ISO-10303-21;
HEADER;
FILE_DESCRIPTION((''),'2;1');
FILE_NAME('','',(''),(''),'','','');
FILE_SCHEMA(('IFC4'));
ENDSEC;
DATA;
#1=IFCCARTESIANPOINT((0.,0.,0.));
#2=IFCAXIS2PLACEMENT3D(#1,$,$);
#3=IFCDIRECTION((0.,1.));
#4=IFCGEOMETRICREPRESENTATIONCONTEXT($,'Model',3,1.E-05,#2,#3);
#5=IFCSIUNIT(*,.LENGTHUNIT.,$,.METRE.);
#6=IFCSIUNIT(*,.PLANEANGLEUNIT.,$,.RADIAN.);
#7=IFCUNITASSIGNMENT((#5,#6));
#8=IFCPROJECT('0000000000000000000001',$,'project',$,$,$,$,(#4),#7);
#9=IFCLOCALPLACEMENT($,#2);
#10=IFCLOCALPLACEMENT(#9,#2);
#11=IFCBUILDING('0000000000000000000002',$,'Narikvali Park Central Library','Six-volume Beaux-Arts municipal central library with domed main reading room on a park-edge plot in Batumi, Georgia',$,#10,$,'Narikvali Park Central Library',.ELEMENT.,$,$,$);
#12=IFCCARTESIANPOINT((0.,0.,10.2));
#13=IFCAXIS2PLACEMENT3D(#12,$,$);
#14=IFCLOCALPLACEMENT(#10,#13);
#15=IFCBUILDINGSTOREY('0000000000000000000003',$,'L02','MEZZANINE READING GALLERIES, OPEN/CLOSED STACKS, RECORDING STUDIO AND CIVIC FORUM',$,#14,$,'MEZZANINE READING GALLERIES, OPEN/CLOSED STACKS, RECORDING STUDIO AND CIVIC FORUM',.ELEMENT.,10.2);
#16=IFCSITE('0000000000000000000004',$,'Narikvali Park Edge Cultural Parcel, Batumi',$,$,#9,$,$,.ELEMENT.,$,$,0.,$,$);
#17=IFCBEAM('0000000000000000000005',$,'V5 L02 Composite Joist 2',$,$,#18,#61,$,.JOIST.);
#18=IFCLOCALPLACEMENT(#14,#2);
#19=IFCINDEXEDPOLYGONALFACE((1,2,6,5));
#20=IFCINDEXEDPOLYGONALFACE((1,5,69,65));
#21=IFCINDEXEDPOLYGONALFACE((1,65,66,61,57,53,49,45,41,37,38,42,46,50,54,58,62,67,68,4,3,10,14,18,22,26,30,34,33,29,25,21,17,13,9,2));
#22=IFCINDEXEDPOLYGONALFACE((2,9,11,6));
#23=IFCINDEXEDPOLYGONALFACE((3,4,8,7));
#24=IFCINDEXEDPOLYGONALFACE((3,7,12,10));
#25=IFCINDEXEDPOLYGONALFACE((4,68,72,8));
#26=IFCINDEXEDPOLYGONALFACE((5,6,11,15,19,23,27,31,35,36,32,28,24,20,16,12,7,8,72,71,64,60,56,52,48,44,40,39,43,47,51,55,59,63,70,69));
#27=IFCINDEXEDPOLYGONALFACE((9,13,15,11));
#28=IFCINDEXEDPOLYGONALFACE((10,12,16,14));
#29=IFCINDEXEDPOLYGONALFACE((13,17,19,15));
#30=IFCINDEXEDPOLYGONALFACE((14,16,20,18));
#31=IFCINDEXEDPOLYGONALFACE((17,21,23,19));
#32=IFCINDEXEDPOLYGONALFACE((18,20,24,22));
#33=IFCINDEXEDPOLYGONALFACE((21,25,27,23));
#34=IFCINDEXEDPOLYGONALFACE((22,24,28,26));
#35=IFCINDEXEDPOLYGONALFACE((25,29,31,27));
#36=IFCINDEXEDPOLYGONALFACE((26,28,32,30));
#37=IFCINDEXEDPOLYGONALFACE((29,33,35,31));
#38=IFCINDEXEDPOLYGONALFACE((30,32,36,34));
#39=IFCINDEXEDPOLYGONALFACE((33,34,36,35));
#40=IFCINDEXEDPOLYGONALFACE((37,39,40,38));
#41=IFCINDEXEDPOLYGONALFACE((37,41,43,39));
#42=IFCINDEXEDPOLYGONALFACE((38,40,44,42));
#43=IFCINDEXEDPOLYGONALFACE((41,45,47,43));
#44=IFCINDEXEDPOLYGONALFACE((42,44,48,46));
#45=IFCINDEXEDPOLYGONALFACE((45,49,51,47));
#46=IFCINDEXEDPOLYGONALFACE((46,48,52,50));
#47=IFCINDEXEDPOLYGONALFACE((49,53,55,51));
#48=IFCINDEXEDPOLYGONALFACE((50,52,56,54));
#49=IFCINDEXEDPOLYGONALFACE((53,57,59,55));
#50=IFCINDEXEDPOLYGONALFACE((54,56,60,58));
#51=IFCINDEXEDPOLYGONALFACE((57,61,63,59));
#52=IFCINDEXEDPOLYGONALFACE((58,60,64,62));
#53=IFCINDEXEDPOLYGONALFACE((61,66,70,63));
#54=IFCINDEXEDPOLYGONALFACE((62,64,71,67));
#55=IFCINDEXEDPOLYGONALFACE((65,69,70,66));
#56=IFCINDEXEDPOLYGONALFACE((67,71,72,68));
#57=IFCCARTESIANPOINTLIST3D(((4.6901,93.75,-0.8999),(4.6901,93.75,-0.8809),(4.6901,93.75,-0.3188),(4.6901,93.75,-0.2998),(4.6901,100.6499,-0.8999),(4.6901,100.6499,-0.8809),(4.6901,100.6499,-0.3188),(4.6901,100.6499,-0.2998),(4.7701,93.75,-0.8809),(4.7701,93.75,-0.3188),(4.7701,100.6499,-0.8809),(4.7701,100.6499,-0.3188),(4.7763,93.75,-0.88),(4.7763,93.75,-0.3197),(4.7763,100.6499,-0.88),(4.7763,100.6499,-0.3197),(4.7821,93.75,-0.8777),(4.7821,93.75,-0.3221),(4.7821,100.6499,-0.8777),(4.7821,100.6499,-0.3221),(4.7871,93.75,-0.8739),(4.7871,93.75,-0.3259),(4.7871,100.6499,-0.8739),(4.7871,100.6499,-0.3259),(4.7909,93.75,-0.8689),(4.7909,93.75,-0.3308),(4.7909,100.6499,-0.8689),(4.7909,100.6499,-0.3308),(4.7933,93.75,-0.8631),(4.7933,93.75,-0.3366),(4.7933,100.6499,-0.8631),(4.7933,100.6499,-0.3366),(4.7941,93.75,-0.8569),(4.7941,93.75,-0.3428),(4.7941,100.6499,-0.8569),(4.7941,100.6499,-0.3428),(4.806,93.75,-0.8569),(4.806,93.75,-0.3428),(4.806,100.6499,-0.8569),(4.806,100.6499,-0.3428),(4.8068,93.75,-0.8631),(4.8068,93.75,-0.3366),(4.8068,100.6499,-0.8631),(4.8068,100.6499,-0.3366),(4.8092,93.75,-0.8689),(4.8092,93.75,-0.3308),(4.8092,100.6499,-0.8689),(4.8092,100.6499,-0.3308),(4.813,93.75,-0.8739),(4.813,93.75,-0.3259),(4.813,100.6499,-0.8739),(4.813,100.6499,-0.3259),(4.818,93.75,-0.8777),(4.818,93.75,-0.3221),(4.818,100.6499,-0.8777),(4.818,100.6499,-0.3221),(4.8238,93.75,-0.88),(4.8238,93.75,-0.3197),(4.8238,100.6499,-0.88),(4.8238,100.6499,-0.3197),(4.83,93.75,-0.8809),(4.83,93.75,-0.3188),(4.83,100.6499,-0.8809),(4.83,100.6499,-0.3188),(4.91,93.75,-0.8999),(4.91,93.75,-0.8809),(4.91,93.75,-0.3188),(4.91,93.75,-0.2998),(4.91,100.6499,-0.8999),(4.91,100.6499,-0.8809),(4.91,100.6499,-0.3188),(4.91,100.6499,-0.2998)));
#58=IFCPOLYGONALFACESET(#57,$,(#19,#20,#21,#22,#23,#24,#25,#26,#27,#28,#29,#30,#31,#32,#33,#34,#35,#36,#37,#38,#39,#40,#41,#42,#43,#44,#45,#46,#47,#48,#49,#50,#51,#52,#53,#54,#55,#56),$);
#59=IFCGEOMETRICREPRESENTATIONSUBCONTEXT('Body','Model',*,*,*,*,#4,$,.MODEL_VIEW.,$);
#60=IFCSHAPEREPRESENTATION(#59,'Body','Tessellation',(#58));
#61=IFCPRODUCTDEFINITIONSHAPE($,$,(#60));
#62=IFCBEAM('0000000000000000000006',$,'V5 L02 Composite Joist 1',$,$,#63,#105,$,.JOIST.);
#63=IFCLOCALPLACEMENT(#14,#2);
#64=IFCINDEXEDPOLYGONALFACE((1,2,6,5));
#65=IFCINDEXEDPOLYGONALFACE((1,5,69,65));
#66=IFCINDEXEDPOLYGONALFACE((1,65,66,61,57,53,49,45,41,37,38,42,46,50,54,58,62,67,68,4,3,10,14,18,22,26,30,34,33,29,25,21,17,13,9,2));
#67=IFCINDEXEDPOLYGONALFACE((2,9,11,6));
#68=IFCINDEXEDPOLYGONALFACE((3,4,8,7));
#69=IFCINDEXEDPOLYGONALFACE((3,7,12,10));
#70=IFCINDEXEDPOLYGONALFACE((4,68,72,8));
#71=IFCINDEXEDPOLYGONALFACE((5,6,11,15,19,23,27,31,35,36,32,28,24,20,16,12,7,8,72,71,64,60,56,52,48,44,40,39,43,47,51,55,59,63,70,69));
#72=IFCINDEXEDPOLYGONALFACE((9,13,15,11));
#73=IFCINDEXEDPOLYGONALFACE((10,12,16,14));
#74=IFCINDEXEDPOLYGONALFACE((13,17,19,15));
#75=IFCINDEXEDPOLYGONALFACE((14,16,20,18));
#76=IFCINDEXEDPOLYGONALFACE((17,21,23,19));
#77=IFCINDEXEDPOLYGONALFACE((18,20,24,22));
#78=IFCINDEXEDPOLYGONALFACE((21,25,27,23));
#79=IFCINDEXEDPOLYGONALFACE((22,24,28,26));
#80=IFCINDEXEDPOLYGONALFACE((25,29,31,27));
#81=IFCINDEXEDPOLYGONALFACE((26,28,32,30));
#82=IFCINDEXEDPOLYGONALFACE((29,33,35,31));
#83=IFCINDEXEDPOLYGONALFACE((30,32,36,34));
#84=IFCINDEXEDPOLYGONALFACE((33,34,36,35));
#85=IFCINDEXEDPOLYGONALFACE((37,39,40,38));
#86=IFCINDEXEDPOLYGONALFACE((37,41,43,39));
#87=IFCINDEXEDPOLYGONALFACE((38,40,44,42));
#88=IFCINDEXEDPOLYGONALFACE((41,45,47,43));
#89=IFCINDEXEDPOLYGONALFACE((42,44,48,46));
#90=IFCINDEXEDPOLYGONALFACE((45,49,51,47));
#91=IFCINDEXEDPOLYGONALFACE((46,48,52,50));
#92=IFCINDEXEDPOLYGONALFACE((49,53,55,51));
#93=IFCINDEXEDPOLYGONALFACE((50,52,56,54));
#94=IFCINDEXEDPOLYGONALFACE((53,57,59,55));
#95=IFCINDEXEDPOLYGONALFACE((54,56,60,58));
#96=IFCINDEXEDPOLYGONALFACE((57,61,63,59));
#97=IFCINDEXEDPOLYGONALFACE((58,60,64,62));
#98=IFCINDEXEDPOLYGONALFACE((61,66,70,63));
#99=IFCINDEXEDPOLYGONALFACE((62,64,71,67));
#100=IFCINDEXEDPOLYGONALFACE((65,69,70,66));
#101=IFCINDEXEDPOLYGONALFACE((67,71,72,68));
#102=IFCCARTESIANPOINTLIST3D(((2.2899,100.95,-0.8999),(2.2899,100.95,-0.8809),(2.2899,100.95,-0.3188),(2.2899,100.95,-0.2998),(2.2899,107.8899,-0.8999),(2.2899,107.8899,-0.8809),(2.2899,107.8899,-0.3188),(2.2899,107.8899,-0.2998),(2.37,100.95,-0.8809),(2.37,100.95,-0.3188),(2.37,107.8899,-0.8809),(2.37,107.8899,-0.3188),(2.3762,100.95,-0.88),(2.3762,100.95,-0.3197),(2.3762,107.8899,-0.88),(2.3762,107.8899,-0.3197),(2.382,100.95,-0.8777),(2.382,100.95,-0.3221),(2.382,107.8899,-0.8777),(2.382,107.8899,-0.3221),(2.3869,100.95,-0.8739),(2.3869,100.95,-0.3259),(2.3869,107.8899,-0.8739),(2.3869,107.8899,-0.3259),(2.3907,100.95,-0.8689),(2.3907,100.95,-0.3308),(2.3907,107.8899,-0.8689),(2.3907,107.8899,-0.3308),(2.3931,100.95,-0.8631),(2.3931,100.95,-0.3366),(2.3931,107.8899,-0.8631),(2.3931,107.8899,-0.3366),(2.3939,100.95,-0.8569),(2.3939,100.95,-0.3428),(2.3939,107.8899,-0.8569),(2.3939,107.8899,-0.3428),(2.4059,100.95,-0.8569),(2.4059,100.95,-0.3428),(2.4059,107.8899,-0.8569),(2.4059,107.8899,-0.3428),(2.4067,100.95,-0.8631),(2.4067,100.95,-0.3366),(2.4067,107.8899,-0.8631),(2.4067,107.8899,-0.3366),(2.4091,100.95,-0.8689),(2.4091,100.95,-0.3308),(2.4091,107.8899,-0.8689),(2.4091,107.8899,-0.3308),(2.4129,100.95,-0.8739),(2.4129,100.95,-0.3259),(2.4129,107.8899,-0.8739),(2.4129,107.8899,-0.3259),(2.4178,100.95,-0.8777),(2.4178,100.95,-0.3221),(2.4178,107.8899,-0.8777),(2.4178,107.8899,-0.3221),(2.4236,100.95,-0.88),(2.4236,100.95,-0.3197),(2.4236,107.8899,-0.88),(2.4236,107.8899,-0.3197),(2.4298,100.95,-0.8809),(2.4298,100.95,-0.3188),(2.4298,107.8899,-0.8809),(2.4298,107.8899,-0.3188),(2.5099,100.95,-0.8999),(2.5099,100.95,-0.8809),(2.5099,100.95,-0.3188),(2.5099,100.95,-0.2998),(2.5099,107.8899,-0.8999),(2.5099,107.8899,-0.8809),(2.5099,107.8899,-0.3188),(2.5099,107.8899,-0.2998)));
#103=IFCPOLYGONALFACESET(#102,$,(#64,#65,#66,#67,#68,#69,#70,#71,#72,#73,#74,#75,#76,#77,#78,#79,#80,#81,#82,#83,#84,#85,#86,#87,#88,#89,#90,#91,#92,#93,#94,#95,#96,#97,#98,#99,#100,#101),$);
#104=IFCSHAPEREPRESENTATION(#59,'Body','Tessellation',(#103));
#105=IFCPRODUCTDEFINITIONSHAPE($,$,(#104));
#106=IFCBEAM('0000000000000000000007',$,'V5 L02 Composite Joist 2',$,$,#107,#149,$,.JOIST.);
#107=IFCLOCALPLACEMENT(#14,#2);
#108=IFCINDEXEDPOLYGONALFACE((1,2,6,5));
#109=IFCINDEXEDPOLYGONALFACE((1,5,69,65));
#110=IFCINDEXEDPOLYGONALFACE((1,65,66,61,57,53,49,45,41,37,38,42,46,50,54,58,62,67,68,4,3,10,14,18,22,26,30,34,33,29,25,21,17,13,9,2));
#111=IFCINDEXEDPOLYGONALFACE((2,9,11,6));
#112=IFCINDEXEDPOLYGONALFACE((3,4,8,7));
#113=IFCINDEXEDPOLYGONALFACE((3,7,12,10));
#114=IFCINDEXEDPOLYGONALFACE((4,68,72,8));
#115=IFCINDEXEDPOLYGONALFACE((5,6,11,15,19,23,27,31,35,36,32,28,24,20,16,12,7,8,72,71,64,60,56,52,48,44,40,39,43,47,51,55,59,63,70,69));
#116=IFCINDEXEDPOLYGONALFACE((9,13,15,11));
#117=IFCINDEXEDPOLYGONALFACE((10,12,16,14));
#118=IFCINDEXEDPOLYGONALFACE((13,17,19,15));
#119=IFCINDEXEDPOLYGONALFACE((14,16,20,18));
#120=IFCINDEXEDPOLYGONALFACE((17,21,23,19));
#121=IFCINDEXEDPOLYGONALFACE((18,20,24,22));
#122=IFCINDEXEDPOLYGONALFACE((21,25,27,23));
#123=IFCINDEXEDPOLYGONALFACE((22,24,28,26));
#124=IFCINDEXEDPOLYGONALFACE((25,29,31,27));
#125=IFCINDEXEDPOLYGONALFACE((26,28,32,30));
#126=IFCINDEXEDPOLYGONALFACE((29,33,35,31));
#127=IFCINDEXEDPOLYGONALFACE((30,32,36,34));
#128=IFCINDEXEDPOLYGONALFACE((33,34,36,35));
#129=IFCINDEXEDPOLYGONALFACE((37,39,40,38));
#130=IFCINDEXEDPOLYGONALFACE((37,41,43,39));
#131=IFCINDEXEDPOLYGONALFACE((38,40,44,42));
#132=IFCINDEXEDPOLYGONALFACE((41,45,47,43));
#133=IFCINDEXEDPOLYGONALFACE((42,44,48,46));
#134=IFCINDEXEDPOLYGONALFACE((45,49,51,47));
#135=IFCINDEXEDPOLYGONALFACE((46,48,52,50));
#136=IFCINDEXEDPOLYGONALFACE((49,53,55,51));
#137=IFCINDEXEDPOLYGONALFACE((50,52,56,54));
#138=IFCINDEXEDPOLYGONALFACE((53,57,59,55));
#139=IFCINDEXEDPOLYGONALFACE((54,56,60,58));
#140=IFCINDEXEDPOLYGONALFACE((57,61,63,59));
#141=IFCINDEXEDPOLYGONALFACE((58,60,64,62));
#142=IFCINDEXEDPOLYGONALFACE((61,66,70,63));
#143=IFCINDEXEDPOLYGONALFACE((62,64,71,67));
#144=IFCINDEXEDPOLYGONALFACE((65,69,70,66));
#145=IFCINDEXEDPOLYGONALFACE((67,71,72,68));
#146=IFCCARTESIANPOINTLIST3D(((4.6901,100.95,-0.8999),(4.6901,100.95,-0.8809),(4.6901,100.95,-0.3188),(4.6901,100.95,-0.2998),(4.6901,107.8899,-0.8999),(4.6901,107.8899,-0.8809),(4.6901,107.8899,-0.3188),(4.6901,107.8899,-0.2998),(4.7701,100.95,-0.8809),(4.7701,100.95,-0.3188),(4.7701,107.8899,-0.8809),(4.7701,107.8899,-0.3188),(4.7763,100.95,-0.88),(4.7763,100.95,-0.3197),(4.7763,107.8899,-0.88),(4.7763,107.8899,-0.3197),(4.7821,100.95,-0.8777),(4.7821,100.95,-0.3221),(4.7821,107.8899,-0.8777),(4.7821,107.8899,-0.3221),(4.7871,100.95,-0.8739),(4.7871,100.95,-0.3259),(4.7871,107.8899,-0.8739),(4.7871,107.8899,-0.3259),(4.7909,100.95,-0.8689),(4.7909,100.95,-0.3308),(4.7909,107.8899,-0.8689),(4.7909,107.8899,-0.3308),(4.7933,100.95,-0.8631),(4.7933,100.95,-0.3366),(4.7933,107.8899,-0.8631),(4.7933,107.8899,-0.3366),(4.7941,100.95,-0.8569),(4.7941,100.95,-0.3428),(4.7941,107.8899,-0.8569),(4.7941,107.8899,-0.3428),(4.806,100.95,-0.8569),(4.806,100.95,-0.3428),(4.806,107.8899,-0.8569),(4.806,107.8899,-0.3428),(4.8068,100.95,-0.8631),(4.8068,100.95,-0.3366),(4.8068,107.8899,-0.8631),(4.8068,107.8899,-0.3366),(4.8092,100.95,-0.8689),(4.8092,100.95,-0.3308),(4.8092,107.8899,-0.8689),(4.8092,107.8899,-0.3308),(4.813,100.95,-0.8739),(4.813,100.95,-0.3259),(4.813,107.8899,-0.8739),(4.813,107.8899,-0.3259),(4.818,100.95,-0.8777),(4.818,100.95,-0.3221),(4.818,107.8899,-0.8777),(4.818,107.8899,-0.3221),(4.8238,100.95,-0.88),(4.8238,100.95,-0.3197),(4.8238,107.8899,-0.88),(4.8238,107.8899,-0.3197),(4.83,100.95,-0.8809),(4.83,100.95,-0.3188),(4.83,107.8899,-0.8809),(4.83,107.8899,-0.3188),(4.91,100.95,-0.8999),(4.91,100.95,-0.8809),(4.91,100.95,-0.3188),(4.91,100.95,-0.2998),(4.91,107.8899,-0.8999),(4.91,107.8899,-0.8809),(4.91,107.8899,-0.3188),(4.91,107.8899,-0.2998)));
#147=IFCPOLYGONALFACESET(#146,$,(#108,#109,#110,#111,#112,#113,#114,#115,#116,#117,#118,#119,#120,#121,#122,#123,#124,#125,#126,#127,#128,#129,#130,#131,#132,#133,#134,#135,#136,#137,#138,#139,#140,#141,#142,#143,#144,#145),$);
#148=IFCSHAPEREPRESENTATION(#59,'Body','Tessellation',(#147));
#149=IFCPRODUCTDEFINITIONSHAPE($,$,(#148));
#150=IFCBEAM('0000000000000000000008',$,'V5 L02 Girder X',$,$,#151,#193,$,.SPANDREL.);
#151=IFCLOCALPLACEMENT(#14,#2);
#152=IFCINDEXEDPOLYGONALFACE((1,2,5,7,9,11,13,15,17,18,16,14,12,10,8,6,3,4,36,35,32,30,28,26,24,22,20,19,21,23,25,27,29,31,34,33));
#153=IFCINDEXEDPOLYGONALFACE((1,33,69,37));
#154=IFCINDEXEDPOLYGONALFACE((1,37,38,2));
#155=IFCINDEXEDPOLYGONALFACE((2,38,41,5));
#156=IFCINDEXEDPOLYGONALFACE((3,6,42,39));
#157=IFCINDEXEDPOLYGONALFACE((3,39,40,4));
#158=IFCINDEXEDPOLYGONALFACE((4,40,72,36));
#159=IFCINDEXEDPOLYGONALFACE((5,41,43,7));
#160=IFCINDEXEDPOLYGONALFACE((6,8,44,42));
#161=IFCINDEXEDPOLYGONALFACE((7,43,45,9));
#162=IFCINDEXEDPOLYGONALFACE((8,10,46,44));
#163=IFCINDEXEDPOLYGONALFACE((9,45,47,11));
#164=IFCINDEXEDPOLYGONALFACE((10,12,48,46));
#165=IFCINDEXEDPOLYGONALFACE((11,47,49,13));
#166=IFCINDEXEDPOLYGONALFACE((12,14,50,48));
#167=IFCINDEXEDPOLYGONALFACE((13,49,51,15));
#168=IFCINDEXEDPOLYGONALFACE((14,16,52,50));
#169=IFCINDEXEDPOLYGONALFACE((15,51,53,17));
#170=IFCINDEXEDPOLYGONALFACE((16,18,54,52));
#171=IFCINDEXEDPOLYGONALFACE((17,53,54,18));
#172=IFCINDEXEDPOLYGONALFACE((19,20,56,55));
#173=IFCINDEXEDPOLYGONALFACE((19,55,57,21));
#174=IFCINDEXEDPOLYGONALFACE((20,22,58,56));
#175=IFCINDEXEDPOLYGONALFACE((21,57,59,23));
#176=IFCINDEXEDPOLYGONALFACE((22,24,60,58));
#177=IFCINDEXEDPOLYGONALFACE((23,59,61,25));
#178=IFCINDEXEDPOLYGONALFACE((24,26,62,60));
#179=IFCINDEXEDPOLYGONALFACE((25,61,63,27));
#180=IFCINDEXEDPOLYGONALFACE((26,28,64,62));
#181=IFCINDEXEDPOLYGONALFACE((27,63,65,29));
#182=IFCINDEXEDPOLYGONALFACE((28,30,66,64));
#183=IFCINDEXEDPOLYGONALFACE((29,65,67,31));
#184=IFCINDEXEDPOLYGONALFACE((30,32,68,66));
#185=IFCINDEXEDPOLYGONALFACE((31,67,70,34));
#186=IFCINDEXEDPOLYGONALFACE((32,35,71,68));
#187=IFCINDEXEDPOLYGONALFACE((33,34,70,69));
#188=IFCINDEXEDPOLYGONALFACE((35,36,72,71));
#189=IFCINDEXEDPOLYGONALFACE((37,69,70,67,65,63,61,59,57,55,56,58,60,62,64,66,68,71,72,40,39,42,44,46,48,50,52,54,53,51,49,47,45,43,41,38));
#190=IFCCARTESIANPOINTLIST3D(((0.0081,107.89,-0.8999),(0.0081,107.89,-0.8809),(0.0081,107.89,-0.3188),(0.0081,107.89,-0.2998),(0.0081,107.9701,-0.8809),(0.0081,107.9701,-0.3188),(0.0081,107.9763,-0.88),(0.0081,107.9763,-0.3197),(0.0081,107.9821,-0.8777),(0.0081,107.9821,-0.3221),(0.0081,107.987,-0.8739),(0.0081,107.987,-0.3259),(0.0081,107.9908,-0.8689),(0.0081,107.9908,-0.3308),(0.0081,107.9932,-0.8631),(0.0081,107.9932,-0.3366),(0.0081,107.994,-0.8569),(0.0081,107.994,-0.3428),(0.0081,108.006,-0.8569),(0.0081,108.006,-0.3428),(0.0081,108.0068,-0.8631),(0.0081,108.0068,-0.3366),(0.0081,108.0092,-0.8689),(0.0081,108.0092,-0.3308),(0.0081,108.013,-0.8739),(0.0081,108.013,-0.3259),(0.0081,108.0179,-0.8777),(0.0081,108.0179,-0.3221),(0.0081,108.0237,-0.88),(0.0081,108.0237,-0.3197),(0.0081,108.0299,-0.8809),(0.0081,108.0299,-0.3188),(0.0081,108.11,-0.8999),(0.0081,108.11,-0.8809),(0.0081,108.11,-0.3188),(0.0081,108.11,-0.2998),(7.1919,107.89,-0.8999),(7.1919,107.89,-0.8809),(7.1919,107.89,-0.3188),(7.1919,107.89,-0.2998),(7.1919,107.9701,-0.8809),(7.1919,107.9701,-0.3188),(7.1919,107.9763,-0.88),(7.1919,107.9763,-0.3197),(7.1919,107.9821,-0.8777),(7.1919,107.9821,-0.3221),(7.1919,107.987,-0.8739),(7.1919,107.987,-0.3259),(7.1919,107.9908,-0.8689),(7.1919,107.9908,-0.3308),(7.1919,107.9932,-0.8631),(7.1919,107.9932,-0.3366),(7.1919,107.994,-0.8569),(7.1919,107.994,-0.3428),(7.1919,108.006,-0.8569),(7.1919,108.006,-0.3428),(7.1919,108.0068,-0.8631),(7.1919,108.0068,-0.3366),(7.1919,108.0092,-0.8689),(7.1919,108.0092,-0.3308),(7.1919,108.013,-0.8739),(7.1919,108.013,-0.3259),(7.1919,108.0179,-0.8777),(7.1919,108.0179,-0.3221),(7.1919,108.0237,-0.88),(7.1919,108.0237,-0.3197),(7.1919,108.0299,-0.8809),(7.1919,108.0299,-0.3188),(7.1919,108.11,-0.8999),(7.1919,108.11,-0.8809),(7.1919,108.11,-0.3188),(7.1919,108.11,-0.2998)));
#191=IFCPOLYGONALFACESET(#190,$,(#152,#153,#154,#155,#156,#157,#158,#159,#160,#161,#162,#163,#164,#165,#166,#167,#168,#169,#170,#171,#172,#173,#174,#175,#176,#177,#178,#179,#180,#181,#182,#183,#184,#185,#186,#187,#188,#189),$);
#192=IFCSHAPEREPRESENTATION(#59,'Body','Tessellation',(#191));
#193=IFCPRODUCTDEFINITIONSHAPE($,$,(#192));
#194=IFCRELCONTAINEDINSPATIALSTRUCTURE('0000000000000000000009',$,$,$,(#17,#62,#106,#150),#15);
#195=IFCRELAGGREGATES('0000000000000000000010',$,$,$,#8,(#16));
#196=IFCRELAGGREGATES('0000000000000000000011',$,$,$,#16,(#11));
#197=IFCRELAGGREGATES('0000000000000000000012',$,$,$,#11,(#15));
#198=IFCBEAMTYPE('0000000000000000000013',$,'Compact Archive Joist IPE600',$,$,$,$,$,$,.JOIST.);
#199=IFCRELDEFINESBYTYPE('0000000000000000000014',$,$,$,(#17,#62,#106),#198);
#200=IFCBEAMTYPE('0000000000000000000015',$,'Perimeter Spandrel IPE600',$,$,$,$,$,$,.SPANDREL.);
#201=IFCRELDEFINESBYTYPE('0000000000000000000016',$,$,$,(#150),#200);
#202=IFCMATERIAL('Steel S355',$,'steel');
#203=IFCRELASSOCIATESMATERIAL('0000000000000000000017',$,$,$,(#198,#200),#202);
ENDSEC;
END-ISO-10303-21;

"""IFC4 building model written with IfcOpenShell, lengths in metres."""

from ifc_helpers import new_model, si_unit, direction, frame, origin, origin_2d, place, context, subcontext, project, spatial, i_section, extrude, material, material_profile, profile_set, type_object, element, save


model = new_model("IFC4")

# Units and contexts
model_context = context("Model", 3, precision=1e-05, world=origin(), true_north=direction((0.0, 1.0)))
body_context = subcontext(model_context, "Body", "Model", "MODEL_VIEW")
ifc_project = project(units=[si_unit("LENGTHUNIT", "METRE"), si_unit("PLANEANGLEUNIT", "RADIAN")], contexts=[model_context])

# Site, building, storey
site_placement = place(None, origin())
site = spatial("IfcSite", under=ifc_project, at=site_placement, Name="Narikvali Park Edge Cultural Parcel, Batumi", CompositionType="ELEMENT", RefElevation=0.0)
building_placement = place(site_placement, origin())
building = spatial("IfcBuilding", under=site, at=building_placement, Name="Narikvali Park Central Library", Description="Six-volume Beaux-Arts municipal central library with domed main reading room on a park-edge plot in Batumi, Georgia", LongName="Narikvali Park Central Library", CompositionType="ELEMENT")
storey_placement = place(building_placement, frame((0.0, 0.0, 10.2)))
storey = spatial("IfcBuildingStorey", under=building, at=storey_placement, Name="L02", Description="MEZZANINE READING GALLERIES, OPEN/CLOSED STACKS, RECORDING STUDIO AND CIVIC FORUM", LongName="MEZZANINE READING GALLERIES, OPEN/CLOSED STACKS, RECORDING STUDIO AND CIVIC FORUM", CompositionType="ELEMENT", Elevation=10.2)

# Shared definitions
ifc_material_1 = material(Name="Steel S355", Category="steel")

# Beams
ifc_material_profile_1 = material_profile(ifc_material_1, i_section(OverallWidth=0.22, OverallDepth=0.6001, WebThickness=0.012, FlangeThickness=0.019, FilletRadius=0.0239, at=origin_2d()), Name="IPE 600")
ifc_profile_set_1 = profile_set([ifc_material_profile_1], Name="Steel S355")
beam_type_1 = type_object("IfcBeamType", Name="Compact Archive Joist IPE600", PredefinedType="JOIST", material=ifc_profile_set_1)
for number, where, z_axis, x_axis, name in (
    (1, (4.8, 93.75, -0.5999), (0.0, 1.0, 0.0), (-1.0, 0.0, 0.0), "V5 L02 Composite Joist 2"),
):
    element("IfcBeam", number, at=place(storey_placement, frame(where, z_axis=z_axis, x_axis=x_axis)), inside=storey, type_object=beam_type_1, Name=name, PredefinedType="JOIST", context=body_context, shape_type="SweptSolid", body=[
        extrude(i_section(OverallWidth=0.22, OverallDepth=0.6001, WebThickness=0.012, FlangeThickness=0.019, FilletRadius=0.0239, at=origin_2d()), origin(), (0.0, 0.0, 1.0), 6.8999),
    ])
for number, where, z_axis, x_axis, name in (
    (2, (2.3999, 100.95, -0.5999), (0.0, 1.0, 0.0), (-1.0, 0.0, 0.0), "V5 L02 Composite Joist 1"),
    (3, (4.8, 100.95, -0.5999), (0.0, 1.0, 0.0), (-1.0, 0.0, 0.0), "V5 L02 Composite Joist 2"),
):
    element("IfcBeam", number, at=place(storey_placement, frame(where, z_axis=z_axis, x_axis=x_axis)), inside=storey, type_object=beam_type_1, Name=name, PredefinedType="JOIST", context=body_context, shape_type="SweptSolid", body=[
        extrude(i_section(OverallWidth=0.22, OverallDepth=0.6001, WebThickness=0.012, FlangeThickness=0.019, FilletRadius=0.0239, at=origin_2d()), origin(), (0.0, 0.0, 1.0), 6.9399),
    ])
ifc_material_profile_2 = material_profile(ifc_material_1, i_section(OverallWidth=0.22, OverallDepth=0.6001, WebThickness=0.012, FlangeThickness=0.019, FilletRadius=0.0239, at=origin_2d()), Name="IPE 600")
ifc_profile_set_2 = profile_set([ifc_material_profile_2], Name="Steel S355")
beam_type_2 = type_object("IfcBeamType", Name="Perimeter Spandrel IPE600", PredefinedType="SPANDREL", material=ifc_profile_set_2)
beam_1_placement = place(storey_placement, frame((0.0081, 108.0, -0.5999), z_axis=(1.0, 0.0, 0.0), x_axis=(0.0, 1.0, 0.0)))
element("IfcBeam", 4, at=beam_1_placement, inside=storey, type_object=beam_type_2, Name="V5 L02 Girder X", PredefinedType="SPANDREL", context=body_context, shape_type="SweptSolid", body=[
    extrude(i_section(OverallWidth=0.22, OverallDepth=0.6001, WebThickness=0.012, FlangeThickness=0.019, FilletRadius=0.0239, at=origin_2d()), origin(), (0.0, 0.0, 1.0), 7.1838),
])

save(model, "model.ifc")
